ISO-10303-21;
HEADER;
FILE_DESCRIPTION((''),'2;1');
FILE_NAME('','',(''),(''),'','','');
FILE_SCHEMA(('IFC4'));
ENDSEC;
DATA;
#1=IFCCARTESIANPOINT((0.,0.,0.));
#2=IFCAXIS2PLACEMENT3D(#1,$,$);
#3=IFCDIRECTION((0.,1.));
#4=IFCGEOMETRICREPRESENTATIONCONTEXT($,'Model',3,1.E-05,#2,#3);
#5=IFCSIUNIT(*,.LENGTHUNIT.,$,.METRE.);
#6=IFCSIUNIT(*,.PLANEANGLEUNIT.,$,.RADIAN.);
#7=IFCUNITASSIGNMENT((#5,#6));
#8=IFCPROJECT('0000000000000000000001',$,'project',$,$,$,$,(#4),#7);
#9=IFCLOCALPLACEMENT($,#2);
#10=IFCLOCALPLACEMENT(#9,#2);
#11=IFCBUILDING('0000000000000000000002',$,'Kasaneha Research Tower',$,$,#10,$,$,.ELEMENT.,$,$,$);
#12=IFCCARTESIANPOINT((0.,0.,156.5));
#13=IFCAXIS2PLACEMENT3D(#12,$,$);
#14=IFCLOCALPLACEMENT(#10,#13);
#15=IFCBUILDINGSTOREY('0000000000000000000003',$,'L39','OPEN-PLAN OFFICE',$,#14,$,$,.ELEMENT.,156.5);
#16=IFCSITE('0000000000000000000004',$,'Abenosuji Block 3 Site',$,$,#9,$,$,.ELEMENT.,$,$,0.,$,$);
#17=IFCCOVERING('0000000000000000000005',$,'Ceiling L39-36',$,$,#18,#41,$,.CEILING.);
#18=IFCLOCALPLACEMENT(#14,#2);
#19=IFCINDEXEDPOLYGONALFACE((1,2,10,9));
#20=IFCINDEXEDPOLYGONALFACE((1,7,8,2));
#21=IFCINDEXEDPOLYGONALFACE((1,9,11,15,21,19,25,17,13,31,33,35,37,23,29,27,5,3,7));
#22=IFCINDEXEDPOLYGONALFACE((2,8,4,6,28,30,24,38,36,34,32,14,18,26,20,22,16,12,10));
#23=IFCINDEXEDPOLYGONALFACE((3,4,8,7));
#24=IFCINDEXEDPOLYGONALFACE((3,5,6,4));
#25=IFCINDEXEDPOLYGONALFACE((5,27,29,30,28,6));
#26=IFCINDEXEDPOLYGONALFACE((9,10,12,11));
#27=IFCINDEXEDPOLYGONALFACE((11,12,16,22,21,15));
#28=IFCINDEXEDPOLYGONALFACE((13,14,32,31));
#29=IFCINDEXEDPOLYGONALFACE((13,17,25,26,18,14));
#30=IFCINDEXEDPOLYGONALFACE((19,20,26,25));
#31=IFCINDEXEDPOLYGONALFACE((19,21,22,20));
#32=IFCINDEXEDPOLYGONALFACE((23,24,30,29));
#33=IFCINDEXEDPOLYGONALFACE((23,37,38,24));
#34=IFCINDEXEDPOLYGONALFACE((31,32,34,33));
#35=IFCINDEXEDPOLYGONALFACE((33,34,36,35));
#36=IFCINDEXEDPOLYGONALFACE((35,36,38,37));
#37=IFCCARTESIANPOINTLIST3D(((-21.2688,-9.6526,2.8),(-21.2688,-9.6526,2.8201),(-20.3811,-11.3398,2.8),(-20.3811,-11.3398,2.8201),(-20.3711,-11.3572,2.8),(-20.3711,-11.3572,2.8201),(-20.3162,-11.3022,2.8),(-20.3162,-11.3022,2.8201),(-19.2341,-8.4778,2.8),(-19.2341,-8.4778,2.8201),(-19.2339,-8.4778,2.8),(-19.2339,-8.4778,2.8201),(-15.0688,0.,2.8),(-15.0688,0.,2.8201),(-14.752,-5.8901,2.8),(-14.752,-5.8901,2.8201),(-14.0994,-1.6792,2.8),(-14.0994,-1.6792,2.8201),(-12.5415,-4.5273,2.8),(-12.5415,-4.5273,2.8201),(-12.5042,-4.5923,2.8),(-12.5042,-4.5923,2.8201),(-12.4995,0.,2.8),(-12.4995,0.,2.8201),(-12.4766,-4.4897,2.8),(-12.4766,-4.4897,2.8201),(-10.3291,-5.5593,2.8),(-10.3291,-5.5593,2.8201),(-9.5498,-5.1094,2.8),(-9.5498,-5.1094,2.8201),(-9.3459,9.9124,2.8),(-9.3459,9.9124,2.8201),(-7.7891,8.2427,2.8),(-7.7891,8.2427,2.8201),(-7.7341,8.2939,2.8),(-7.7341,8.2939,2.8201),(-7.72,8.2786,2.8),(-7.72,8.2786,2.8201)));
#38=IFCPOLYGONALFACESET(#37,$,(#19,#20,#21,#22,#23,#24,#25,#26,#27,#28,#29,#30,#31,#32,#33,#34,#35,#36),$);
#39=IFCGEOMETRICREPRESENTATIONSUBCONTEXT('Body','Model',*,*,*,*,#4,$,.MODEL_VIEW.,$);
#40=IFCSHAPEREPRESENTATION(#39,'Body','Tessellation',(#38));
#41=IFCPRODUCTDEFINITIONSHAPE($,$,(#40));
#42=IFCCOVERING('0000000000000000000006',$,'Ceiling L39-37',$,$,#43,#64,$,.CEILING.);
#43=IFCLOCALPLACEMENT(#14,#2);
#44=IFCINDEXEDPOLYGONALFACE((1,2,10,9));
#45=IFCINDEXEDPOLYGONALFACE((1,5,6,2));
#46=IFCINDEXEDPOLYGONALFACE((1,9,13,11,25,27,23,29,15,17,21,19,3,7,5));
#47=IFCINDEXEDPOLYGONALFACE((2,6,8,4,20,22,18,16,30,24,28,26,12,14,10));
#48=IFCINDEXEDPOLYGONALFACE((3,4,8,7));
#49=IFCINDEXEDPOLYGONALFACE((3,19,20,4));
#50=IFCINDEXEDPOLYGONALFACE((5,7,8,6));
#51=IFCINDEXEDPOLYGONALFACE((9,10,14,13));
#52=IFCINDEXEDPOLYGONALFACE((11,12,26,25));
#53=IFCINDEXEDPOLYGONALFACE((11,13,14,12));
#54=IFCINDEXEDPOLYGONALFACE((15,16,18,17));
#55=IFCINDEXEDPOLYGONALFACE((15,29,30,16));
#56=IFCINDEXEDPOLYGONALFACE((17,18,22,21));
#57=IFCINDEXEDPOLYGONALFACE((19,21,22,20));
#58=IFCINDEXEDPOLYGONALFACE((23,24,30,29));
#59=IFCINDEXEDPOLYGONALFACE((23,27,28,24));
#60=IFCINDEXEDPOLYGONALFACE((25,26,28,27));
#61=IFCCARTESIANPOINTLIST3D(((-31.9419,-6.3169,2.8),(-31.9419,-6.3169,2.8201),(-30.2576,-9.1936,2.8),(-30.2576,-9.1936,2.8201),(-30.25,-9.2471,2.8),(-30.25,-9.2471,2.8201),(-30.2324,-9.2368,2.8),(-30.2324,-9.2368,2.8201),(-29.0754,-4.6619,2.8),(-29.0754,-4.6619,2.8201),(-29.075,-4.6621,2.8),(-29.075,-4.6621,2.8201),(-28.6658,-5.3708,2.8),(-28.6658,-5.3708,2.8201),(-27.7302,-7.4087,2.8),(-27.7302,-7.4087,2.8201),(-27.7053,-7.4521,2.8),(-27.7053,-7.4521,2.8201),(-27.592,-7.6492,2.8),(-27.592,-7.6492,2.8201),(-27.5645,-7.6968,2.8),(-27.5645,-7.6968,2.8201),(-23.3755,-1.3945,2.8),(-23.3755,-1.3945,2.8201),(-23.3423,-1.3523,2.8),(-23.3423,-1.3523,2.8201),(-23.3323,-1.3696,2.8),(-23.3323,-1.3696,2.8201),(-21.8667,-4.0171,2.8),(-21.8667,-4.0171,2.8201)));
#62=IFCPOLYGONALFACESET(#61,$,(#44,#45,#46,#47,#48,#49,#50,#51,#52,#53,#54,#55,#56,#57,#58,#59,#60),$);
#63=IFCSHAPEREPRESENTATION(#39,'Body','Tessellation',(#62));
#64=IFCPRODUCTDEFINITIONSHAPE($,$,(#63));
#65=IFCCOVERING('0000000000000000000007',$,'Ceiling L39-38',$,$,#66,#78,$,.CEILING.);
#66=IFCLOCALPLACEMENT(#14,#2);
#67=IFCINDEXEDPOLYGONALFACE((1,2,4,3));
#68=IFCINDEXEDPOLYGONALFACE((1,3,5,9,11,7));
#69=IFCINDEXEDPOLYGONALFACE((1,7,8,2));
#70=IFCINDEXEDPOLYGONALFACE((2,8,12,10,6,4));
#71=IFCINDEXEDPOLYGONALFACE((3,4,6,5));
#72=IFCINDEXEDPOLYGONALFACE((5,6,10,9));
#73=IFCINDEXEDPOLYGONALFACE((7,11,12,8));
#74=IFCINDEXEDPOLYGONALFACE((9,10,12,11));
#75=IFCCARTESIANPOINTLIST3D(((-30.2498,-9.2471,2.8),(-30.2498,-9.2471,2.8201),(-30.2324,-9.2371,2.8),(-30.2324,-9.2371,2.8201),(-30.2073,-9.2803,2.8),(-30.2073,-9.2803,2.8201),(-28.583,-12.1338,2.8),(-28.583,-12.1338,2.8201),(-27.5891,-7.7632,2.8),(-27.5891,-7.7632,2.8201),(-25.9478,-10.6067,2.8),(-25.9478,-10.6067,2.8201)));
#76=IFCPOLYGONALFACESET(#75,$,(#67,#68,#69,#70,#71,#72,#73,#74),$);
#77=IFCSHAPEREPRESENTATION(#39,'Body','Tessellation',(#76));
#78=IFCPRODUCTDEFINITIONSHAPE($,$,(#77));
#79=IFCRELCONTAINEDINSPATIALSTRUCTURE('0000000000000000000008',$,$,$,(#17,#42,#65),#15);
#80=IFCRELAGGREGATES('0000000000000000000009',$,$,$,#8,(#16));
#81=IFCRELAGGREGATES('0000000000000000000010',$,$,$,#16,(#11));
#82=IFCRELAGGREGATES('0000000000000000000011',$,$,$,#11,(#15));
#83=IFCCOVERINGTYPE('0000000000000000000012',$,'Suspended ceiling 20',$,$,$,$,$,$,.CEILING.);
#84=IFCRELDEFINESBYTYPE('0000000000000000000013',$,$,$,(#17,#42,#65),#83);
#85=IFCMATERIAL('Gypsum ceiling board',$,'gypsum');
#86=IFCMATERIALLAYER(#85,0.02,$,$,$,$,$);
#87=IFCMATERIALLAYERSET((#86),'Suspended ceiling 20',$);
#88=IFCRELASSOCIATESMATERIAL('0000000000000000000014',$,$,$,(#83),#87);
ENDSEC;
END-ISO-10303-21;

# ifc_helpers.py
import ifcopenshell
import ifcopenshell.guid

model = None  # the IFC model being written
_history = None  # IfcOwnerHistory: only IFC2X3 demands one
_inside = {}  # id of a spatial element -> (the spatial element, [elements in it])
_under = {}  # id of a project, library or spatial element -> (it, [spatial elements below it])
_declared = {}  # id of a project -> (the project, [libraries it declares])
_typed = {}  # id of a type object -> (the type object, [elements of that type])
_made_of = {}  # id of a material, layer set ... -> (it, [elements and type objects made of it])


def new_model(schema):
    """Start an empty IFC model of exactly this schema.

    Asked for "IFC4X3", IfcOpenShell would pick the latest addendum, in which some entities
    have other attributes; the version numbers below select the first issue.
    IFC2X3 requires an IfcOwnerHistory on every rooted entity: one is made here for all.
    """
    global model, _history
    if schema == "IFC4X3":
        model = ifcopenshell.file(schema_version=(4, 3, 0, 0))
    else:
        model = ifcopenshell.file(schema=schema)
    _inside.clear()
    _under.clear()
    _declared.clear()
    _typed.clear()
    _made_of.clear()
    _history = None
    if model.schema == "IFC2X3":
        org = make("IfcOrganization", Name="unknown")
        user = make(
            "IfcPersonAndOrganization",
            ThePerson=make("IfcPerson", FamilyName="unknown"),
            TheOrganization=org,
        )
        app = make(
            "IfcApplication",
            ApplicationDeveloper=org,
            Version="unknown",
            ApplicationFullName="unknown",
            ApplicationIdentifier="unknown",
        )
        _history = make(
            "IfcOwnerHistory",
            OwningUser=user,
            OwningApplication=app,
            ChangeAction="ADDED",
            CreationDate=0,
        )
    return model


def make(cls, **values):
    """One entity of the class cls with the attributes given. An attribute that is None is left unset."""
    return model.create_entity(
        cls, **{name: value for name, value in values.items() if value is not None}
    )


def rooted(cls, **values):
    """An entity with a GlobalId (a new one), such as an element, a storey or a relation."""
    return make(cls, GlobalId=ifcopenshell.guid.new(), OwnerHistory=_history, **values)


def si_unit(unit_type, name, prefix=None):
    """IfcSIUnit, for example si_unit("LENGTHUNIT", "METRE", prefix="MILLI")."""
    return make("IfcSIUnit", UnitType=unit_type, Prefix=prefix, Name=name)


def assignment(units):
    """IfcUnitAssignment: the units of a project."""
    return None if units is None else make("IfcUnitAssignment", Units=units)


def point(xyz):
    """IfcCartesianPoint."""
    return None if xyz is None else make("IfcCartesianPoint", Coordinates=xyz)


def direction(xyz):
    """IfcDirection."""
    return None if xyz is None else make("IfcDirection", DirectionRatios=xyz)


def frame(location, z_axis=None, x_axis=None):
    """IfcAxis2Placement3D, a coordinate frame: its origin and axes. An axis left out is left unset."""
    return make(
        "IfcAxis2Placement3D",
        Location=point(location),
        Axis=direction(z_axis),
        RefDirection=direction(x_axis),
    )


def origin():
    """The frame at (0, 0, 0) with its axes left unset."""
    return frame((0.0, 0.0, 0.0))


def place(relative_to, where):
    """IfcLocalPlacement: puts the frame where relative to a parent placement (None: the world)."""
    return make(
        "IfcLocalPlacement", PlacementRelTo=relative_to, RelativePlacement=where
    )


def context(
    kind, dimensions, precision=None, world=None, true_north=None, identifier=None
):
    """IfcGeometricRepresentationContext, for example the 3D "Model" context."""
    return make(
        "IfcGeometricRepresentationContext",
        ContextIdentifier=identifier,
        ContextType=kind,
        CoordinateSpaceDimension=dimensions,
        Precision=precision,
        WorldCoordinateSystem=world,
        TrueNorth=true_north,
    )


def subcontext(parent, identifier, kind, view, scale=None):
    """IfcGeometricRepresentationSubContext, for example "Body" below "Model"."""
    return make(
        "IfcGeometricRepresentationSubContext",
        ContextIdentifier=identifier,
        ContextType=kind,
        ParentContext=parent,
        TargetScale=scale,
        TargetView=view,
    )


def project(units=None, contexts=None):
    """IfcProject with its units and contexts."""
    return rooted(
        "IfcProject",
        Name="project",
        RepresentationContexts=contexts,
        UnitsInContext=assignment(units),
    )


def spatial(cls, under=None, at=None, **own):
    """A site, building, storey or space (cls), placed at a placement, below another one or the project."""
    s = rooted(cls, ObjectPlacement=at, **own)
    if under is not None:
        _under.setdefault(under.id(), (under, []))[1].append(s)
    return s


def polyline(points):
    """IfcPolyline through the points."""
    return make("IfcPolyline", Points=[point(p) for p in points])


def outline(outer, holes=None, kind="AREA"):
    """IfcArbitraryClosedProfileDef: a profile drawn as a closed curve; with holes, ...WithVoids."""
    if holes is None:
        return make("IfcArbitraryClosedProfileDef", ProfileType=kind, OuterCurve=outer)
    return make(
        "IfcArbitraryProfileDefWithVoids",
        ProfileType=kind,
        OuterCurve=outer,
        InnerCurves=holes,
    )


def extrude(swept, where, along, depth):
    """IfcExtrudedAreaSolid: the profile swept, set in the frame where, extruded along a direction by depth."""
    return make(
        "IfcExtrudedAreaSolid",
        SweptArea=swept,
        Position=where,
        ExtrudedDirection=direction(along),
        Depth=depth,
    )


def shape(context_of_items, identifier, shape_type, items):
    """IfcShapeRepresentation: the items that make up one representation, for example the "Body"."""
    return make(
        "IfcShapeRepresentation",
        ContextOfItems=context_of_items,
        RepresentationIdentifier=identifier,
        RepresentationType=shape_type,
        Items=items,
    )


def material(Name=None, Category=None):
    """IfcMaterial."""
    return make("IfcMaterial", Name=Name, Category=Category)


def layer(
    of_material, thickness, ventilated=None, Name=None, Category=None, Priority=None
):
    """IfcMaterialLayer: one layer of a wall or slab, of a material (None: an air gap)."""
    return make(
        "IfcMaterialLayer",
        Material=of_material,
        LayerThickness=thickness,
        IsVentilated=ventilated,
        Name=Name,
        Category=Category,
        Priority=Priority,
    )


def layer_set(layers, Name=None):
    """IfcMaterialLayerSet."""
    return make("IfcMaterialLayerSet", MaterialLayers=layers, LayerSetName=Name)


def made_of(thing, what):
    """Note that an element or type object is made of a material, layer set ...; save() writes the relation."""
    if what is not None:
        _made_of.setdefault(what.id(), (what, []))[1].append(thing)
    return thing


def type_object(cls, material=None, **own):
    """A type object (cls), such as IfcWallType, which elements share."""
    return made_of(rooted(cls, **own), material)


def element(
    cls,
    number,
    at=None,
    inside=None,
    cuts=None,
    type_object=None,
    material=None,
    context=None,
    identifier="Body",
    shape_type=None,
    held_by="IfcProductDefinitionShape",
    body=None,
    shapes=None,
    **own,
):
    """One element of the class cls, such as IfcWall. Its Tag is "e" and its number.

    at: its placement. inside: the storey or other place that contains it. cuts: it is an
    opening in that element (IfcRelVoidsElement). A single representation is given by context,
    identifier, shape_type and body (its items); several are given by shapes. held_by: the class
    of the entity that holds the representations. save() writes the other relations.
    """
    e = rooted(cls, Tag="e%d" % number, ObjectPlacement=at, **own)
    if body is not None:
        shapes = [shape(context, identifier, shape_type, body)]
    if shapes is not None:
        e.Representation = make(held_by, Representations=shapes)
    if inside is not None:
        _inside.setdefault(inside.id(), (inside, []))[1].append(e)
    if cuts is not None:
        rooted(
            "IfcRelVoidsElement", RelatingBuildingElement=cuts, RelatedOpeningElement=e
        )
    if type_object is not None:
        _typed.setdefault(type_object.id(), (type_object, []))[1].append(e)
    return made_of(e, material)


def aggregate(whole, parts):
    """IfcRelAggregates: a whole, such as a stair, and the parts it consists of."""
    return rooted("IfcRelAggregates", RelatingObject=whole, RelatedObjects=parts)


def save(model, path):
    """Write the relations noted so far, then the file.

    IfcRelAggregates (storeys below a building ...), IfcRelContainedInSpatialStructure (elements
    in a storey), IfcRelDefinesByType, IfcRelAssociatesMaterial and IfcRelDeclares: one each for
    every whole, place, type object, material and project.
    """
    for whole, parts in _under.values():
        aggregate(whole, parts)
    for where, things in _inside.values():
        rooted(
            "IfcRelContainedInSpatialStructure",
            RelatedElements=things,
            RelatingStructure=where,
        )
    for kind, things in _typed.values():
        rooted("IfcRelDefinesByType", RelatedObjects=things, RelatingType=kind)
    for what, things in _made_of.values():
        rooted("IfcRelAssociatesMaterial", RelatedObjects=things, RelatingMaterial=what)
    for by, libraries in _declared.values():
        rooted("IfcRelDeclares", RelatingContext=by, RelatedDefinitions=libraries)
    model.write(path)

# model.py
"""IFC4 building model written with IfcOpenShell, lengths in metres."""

from ifc_helpers import new_model, si_unit, direction, frame, origin, place, context, subcontext, project, spatial, polyline, outline, extrude, material, layer, layer_set, type_object, element, save


model = new_model("IFC4")

# Units and contexts
model_context = context("Model", 3, precision=1e-05, world=origin(), true_north=direction((0.0, 1.0)))
body_context = subcontext(model_context, "Body", "Model", "MODEL_VIEW")
ifc_project = project(units=[si_unit("LENGTHUNIT", "METRE"), si_unit("PLANEANGLEUNIT", "RADIAN")], contexts=[model_context])

# Site, building, storey
site_placement = place(None, origin())
site = spatial("IfcSite", under=ifc_project, at=site_placement, Name="Abenosuji Block 3 Site", CompositionType="ELEMENT", RefElevation=0.0)
building_placement = place(site_placement, origin())
building = spatial("IfcBuilding", under=site, at=building_placement, Name="Kasaneha Research Tower", CompositionType="ELEMENT")
storey_placement = place(building_placement, frame((0.0, 0.0, 156.5)))
storey = spatial("IfcBuildingStorey", under=building, at=storey_placement, Name="L39", Description="OPEN-PLAN OFFICE", CompositionType="ELEMENT", Elevation=156.5)

# Coverings
ifc_material_1 = material(Name="Gypsum ceiling board", Category="gypsum")
ifc_layer_1 = layer(ifc_material_1, 0.02)
ifc_layer_set_1 = layer_set([ifc_layer_1], Name="Suspended ceiling 20")
covering_type_1 = type_object("IfcCoveringType", Name="Suspended ceiling 20", PredefinedType="CEILING", material=ifc_layer_set_1)
covering_1_placement = place(storey_placement, frame((0.0, 0.0, 2.8)))
element("IfcCovering", 1, at=covering_1_placement, inside=storey, type_object=covering_type_1, Name="Ceiling L39-36", PredefinedType="CEILING", context=body_context, shape_type="SweptSolid", body=[
    extrude(outline(polyline([(-9.5498, -5.1094), (-10.3291, -5.5593), (-10.3291, -5.5593), (-20.3711, -11.3572), (-20.3811, -11.3398), (-20.3162, -11.3022), (-21.2688, -9.6526), (-19.2341, -8.4778), (-19.2339, -8.4778), (-14.752, -5.8901), (-14.752, -5.8901), (-12.5042, -4.5923), (-12.5415, -4.5273), (-12.4766, -4.4897), (-14.0994, -1.6792), (-14.0994, -1.6792), (-15.0688, 0.0), (-9.3459, 9.9124), (-7.7891, 8.2427), (-7.7341, 8.2939), (-7.72, 8.2786), (-12.4995, 0.0), (-9.5498, -5.1094)])), origin(), (0.0, 0.0, 1.0), 0.02),
])
covering_2_placement = place(storey_placement, frame((0.0, 0.0, 2.8)))
element("IfcCovering", 2, at=covering_2_placement, inside=storey, type_object=covering_type_1, Name="Ceiling L39-37", PredefinedType="CEILING", context=body_context, shape_type="SweptSolid", body=[
    extrude(outline(polyline([(-23.3323, -1.3696), (-23.3755, -1.3945), (-21.8667, -4.0171), (-27.7302, -7.4087), (-27.7053, -7.4521), (-27.7053, -7.4521), (-27.5645, -7.6968), (-27.5645, -7.6968), (-27.592, -7.6492), (-30.2576, -9.1936), (-30.2324, -9.2368), (-30.25, -9.2471), (-31.9419, -6.3169), (-29.0754, -4.6619), (-28.6658, -5.3708), (-29.075, -4.6621), (-23.3423, -1.3523), (-23.3323, -1.3696)])), origin(), (0.0, 0.0, 1.0), 0.02),
])
covering_3_placement = place(storey_placement, frame((0.0, 0.0, 2.8)))
element("IfcCovering", 3, at=covering_3_placement, inside=storey, type_object=covering_type_1, Name="Ceiling L39-38", PredefinedType="CEILING", context=body_context, shape_type="SweptSolid", body=[
    extrude(outline(polyline([(-30.2498, -9.2471), (-30.2324, -9.2371), (-30.2073, -9.2803), (-27.5891, -7.7632), (-25.9478, -10.6067), (-28.583, -12.1338), (-30.2498, -9.2471)])), origin(), (0.0, 0.0, 1.0), 0.02),
])

save(model, "model.ifc")
